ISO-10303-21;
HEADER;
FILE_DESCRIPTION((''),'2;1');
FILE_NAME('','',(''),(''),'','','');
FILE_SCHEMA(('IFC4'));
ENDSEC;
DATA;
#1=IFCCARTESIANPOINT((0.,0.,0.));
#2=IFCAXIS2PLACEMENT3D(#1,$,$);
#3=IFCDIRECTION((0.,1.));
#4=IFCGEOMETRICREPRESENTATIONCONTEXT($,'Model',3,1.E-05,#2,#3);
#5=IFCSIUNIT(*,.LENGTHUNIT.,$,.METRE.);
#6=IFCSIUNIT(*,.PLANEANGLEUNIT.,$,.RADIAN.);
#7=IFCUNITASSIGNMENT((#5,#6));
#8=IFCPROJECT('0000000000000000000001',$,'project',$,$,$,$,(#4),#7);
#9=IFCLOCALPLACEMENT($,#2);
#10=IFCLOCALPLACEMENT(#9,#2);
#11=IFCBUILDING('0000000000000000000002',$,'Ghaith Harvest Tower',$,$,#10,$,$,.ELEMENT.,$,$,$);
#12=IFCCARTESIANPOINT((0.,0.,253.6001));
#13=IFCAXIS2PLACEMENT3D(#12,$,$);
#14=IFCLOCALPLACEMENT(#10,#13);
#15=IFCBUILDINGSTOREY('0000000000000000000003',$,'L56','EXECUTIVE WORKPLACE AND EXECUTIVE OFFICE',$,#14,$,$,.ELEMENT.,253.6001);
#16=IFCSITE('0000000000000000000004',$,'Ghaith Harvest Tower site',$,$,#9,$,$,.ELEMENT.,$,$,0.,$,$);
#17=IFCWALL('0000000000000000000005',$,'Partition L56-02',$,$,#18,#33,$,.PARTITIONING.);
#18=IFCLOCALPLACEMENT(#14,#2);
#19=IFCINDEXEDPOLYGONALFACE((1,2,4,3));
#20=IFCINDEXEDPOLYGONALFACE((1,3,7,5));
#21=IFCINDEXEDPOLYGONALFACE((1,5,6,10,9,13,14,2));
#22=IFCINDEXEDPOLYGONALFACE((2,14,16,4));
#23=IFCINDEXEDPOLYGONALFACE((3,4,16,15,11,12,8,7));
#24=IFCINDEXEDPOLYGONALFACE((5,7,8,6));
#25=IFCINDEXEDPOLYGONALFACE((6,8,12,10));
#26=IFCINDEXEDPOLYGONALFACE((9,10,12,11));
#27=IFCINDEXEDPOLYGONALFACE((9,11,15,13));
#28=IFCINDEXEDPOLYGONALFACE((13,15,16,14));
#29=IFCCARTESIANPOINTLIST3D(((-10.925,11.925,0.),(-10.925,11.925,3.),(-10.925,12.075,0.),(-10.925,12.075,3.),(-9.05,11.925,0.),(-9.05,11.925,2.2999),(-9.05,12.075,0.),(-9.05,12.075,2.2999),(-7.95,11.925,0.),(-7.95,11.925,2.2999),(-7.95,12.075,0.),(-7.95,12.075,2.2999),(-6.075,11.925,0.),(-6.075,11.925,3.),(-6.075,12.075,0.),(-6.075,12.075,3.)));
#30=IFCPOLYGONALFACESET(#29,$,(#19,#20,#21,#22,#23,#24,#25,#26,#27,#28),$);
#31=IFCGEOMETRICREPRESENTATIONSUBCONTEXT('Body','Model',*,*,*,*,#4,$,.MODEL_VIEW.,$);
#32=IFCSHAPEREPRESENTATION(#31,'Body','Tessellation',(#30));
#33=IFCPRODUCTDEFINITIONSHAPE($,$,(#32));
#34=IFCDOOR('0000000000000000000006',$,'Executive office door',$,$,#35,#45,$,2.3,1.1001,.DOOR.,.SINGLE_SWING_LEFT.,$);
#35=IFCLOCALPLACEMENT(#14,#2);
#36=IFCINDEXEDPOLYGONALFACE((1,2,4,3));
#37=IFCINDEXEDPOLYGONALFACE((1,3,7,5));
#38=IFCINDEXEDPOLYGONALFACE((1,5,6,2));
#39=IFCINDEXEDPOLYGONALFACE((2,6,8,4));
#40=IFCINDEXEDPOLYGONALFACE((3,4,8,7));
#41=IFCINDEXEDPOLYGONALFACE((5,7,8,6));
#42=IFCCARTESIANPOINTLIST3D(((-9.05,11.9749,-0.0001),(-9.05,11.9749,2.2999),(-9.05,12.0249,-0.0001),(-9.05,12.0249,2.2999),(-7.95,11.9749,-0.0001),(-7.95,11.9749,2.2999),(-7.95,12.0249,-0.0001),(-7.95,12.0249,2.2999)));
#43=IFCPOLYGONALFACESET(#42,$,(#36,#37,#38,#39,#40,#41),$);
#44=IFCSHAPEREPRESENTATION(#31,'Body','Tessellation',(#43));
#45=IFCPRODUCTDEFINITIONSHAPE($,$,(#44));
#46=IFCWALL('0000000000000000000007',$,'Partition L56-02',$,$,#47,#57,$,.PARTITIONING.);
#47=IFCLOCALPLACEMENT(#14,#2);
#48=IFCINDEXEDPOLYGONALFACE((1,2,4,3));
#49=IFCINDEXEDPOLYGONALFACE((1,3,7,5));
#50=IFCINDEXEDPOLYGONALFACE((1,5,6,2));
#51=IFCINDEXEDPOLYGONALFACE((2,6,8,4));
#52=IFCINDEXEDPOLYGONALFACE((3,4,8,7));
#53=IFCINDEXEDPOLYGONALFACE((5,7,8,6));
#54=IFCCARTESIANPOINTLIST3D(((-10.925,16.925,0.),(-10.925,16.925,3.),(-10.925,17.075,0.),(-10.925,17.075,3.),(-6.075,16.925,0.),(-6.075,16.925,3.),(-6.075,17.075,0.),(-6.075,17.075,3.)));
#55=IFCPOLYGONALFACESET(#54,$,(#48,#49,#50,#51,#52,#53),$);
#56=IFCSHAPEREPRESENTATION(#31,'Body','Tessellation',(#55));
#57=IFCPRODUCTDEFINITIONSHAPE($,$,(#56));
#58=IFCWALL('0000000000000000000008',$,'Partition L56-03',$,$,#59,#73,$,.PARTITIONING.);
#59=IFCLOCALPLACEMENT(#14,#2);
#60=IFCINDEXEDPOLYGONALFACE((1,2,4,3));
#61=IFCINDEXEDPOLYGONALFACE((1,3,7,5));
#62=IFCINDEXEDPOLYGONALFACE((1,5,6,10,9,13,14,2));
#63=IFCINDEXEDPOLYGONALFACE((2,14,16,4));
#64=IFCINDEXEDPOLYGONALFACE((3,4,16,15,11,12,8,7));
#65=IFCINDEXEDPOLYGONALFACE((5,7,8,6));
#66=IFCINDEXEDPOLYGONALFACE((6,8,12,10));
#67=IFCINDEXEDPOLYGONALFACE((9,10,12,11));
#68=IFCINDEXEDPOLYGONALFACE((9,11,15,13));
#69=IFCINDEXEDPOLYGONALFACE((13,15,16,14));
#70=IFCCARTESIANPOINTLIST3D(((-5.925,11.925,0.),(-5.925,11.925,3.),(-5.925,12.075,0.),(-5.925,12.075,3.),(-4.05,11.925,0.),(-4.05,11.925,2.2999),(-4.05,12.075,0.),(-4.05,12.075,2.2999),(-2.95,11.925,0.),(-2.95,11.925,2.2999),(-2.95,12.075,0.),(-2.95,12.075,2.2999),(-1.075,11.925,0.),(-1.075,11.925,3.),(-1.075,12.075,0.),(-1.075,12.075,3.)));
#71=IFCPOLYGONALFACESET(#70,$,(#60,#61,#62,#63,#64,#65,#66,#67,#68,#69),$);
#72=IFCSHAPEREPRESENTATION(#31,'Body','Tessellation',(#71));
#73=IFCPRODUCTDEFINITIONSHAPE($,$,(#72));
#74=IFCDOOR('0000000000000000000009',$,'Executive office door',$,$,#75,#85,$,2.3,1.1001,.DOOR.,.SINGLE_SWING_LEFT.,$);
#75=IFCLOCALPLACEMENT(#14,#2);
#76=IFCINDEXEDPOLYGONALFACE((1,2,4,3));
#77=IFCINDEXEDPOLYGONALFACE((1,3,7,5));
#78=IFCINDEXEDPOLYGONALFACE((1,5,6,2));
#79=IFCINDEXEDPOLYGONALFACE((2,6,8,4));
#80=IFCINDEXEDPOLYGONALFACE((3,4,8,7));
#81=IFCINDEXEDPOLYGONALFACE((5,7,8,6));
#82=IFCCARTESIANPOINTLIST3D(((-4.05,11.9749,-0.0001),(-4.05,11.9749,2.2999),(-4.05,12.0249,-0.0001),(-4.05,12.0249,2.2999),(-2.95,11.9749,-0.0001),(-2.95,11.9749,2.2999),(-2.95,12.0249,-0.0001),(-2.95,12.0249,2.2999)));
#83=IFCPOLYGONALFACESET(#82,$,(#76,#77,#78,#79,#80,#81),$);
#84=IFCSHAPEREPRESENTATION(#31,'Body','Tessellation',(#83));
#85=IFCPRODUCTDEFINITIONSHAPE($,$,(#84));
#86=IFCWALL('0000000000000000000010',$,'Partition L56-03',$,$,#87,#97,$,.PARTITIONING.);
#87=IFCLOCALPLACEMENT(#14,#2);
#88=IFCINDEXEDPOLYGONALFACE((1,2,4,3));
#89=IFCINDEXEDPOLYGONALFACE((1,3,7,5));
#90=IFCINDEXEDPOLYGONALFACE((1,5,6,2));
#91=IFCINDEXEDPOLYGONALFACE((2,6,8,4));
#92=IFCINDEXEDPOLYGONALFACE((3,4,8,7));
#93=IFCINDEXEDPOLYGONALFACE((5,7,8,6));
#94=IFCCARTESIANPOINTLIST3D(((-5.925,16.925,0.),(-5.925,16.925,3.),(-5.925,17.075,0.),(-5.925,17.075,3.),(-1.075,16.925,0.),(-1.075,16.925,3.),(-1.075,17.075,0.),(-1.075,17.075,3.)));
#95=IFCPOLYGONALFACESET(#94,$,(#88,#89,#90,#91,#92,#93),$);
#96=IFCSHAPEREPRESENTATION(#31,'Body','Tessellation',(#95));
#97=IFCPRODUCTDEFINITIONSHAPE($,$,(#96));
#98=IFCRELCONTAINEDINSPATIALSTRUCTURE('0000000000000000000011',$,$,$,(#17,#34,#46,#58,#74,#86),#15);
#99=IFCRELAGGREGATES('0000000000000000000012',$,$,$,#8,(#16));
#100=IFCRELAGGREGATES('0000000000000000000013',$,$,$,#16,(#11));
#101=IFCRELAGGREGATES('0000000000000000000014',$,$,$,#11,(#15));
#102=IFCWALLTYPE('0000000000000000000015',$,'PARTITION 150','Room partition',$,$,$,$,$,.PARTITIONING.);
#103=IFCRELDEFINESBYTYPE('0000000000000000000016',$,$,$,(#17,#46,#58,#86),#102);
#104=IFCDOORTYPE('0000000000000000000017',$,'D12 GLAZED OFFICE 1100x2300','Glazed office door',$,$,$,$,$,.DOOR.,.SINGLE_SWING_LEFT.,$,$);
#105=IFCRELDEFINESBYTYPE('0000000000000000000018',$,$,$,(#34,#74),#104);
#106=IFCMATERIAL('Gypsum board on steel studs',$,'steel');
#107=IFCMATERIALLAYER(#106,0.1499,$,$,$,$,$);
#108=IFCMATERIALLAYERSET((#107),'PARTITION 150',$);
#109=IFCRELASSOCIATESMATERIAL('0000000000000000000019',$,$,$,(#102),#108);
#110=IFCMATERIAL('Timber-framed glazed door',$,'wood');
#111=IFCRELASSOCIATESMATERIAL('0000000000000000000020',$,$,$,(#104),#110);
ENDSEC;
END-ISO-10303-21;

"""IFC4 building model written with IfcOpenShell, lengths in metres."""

from ifc_helpers import new_model, si_unit, direction, frame, frame_2d, origin, place, context, subcontext, project, spatial, rectangle, extrude, material, layer, layer_set, type_object, element, fill, save


model = new_model("IFC4")

# Units and contexts
model_context = context("Model", 3, precision=1e-05, world=origin(), true_north=direction((0.0, 1.0)))
body_context = subcontext(model_context, "Body", "Model", "MODEL_VIEW")
ifc_project = project(units=[si_unit("LENGTHUNIT", "METRE"), si_unit("PLANEANGLEUNIT", "RADIAN")], contexts=[model_context])

# Site, building, storey
site_placement = place(None, origin())
site = spatial("IfcSite", under=ifc_project, at=site_placement, Name="Ghaith Harvest Tower site", CompositionType="ELEMENT", RefElevation=0.0)
building_placement = place(site_placement, origin())
building = spatial("IfcBuilding", under=site, at=building_placement, Name="Ghaith Harvest Tower", CompositionType="ELEMENT")
storey_placement = place(building_placement, frame((0.0, 0.0, 253.6001)))
storey = spatial("IfcBuildingStorey", under=building, at=storey_placement, Name="L56", Description="EXECUTIVE WORKPLACE AND EXECUTIVE OFFICE", CompositionType="ELEMENT", Elevation=253.6001)

# Shared definitions
ifc_material_1 = material(Name="Gypsum board on steel studs", Category="steel")
ifc_layer_1 = layer(ifc_material_1, 0.1499)
ifc_layer_set_1 = layer_set([ifc_layer_1], Name="PARTITION 150")
wall_type = type_object("IfcWallType", Name="PARTITION 150", Description="Room partition", PredefinedType="PARTITIONING", material=ifc_layer_set_1)

# Wall, opening, door
wall_1_placement = place(storey_placement, frame((-10.925, 12.0, 0.0), z_axis=(0.0, 0.0, 1.0), x_axis=(1.0, 0.0, 0.0)))
wall_1 = element("IfcWall", 1, at=wall_1_placement, inside=storey, type_object=wall_type, Name="Partition L56-02", PredefinedType="PARTITIONING", context=body_context, shape_type="SweptSolid", body=[
    extrude(rectangle(XDim=4.8501, YDim=0.1499, at=frame_2d((2.425, 0.0))), origin(), (0.0, 0.0, 1.0), 3.0),
])
opening_1_placement = place(wall_1_placement, frame((1.875, 0.0, 0.0)))
opening_1 = element("IfcOpeningElement", 2, at=opening_1_placement, cuts=wall_1, PredefinedType="OPENING", context=body_context, shape_type="SweptSolid", body=[
    extrude(rectangle(XDim=1.1001, YDim=2.3, at=frame_2d((0.55, 1.1499))), frame((0.0, 0.085, 0.0), z_axis=(0.0, -1.0, 0.0), x_axis=(1.0, 0.0, 0.0)), (0.0, 0.0, 1.0), 0.1699),
])
ifc_material_2 = material(Name="Timber-framed glazed door", Category="wood")
door_type = type_object("IfcDoorType", Name="D12 GLAZED OFFICE 1100x2300", Description="Glazed office door", OperationType="SINGLE_SWING_LEFT", PredefinedType="DOOR", material=ifc_material_2)
door_1_placement = place(opening_1_placement, origin())
door_1 = element("IfcDoor", 3, at=door_1_placement, inside=storey, type_object=door_type, Name="Executive office door", OperationType="SINGLE_SWING_LEFT", OverallHeight=2.3, OverallWidth=1.1001, PredefinedType="DOOR", context=body_context, shape_type="SweptSolid", body=[
    extrude(rectangle(XDim=1.1001, YDim=2.3, at=frame_2d((0.55, 1.1499))), frame((0.0, 0.0249, 0.0), z_axis=(0.0, -1.0, 0.0), x_axis=(1.0, 0.0, 0.0)), (0.0, 0.0, 1.0), 0.05),
])
fill(opening_1, door_1)

# Wall
wall_2_placement = place(storey_placement, frame((-10.925, 17.0, 0.0), z_axis=(0.0, 0.0, 1.0), x_axis=(1.0, 0.0, 0.0)))
element("IfcWall", 4, at=wall_2_placement, inside=storey, type_object=wall_type, Name="Partition L56-02", PredefinedType="PARTITIONING", context=body_context, shape_type="SweptSolid", body=[
    extrude(rectangle(XDim=4.8501, YDim=0.1499, at=frame_2d((2.425, 0.0))), origin(), (0.0, 0.0, 1.0), 3.0),
])

# Wall, opening, door
wall_3_placement = place(storey_placement, frame((-5.925, 12.0, 0.0), z_axis=(0.0, 0.0, 1.0), x_axis=(1.0, 0.0, 0.0)))
wall_3 = element("IfcWall", 5, at=wall_3_placement, inside=storey, type_object=wall_type, Name="Partition L56-03", PredefinedType="PARTITIONING", context=body_context, shape_type="SweptSolid", body=[
    extrude(rectangle(XDim=4.8501, YDim=0.1499, at=frame_2d((2.425, 0.0))), origin(), (0.0, 0.0, 1.0), 3.0),
])
opening_2_placement = place(wall_3_placement, frame((1.875, 0.0, 0.0)))
opening_2 = element("IfcOpeningElement", 6, at=opening_2_placement, cuts=wall_3, PredefinedType="OPENING", context=body_context, shape_type="SweptSolid", body=[
    extrude(rectangle(XDim=1.1001, YDim=2.3, at=frame_2d((0.55, 1.1499))), frame((0.0, 0.085, 0.0), z_axis=(0.0, -1.0, 0.0), x_axis=(1.0, 0.0, 0.0)), (0.0, 0.0, 1.0), 0.1699),
])
door_2_placement = place(opening_2_placement, origin())
door_2 = element("IfcDoor", 7, at=door_2_placement, inside=storey, type_object=door_type, Name="Executive office door", OperationType="SINGLE_SWING_LEFT", OverallHeight=2.3, OverallWidth=1.1001, PredefinedType="DOOR", context=body_context, shape_type="SweptSolid", body=[
    extrude(rectangle(XDim=1.1001, YDim=2.3, at=frame_2d((0.55, 1.1499))), frame((0.0, 0.0249, 0.0), z_axis=(0.0, -1.0, 0.0), x_axis=(1.0, 0.0, 0.0)), (0.0, 0.0, 1.0), 0.05),
])
fill(opening_2, door_2)

# Wall
wall_4_placement = place(storey_placement, frame((-5.925, 17.0, 0.0), z_axis=(0.0, 0.0, 1.0), x_axis=(1.0, 0.0, 0.0)))
element("IfcWall", 8, at=wall_4_placement, inside=storey, type_object=wall_type, Name="Partition L56-03", PredefinedType="PARTITIONING", context=body_context, shape_type="SweptSolid", body=[
    extrude(rectangle(XDim=4.8501, YDim=0.1499, at=frame_2d((2.425, 0.0))), origin(), (0.0, 0.0, 1.0), 3.0),
])

save(model, "model.ifc")
